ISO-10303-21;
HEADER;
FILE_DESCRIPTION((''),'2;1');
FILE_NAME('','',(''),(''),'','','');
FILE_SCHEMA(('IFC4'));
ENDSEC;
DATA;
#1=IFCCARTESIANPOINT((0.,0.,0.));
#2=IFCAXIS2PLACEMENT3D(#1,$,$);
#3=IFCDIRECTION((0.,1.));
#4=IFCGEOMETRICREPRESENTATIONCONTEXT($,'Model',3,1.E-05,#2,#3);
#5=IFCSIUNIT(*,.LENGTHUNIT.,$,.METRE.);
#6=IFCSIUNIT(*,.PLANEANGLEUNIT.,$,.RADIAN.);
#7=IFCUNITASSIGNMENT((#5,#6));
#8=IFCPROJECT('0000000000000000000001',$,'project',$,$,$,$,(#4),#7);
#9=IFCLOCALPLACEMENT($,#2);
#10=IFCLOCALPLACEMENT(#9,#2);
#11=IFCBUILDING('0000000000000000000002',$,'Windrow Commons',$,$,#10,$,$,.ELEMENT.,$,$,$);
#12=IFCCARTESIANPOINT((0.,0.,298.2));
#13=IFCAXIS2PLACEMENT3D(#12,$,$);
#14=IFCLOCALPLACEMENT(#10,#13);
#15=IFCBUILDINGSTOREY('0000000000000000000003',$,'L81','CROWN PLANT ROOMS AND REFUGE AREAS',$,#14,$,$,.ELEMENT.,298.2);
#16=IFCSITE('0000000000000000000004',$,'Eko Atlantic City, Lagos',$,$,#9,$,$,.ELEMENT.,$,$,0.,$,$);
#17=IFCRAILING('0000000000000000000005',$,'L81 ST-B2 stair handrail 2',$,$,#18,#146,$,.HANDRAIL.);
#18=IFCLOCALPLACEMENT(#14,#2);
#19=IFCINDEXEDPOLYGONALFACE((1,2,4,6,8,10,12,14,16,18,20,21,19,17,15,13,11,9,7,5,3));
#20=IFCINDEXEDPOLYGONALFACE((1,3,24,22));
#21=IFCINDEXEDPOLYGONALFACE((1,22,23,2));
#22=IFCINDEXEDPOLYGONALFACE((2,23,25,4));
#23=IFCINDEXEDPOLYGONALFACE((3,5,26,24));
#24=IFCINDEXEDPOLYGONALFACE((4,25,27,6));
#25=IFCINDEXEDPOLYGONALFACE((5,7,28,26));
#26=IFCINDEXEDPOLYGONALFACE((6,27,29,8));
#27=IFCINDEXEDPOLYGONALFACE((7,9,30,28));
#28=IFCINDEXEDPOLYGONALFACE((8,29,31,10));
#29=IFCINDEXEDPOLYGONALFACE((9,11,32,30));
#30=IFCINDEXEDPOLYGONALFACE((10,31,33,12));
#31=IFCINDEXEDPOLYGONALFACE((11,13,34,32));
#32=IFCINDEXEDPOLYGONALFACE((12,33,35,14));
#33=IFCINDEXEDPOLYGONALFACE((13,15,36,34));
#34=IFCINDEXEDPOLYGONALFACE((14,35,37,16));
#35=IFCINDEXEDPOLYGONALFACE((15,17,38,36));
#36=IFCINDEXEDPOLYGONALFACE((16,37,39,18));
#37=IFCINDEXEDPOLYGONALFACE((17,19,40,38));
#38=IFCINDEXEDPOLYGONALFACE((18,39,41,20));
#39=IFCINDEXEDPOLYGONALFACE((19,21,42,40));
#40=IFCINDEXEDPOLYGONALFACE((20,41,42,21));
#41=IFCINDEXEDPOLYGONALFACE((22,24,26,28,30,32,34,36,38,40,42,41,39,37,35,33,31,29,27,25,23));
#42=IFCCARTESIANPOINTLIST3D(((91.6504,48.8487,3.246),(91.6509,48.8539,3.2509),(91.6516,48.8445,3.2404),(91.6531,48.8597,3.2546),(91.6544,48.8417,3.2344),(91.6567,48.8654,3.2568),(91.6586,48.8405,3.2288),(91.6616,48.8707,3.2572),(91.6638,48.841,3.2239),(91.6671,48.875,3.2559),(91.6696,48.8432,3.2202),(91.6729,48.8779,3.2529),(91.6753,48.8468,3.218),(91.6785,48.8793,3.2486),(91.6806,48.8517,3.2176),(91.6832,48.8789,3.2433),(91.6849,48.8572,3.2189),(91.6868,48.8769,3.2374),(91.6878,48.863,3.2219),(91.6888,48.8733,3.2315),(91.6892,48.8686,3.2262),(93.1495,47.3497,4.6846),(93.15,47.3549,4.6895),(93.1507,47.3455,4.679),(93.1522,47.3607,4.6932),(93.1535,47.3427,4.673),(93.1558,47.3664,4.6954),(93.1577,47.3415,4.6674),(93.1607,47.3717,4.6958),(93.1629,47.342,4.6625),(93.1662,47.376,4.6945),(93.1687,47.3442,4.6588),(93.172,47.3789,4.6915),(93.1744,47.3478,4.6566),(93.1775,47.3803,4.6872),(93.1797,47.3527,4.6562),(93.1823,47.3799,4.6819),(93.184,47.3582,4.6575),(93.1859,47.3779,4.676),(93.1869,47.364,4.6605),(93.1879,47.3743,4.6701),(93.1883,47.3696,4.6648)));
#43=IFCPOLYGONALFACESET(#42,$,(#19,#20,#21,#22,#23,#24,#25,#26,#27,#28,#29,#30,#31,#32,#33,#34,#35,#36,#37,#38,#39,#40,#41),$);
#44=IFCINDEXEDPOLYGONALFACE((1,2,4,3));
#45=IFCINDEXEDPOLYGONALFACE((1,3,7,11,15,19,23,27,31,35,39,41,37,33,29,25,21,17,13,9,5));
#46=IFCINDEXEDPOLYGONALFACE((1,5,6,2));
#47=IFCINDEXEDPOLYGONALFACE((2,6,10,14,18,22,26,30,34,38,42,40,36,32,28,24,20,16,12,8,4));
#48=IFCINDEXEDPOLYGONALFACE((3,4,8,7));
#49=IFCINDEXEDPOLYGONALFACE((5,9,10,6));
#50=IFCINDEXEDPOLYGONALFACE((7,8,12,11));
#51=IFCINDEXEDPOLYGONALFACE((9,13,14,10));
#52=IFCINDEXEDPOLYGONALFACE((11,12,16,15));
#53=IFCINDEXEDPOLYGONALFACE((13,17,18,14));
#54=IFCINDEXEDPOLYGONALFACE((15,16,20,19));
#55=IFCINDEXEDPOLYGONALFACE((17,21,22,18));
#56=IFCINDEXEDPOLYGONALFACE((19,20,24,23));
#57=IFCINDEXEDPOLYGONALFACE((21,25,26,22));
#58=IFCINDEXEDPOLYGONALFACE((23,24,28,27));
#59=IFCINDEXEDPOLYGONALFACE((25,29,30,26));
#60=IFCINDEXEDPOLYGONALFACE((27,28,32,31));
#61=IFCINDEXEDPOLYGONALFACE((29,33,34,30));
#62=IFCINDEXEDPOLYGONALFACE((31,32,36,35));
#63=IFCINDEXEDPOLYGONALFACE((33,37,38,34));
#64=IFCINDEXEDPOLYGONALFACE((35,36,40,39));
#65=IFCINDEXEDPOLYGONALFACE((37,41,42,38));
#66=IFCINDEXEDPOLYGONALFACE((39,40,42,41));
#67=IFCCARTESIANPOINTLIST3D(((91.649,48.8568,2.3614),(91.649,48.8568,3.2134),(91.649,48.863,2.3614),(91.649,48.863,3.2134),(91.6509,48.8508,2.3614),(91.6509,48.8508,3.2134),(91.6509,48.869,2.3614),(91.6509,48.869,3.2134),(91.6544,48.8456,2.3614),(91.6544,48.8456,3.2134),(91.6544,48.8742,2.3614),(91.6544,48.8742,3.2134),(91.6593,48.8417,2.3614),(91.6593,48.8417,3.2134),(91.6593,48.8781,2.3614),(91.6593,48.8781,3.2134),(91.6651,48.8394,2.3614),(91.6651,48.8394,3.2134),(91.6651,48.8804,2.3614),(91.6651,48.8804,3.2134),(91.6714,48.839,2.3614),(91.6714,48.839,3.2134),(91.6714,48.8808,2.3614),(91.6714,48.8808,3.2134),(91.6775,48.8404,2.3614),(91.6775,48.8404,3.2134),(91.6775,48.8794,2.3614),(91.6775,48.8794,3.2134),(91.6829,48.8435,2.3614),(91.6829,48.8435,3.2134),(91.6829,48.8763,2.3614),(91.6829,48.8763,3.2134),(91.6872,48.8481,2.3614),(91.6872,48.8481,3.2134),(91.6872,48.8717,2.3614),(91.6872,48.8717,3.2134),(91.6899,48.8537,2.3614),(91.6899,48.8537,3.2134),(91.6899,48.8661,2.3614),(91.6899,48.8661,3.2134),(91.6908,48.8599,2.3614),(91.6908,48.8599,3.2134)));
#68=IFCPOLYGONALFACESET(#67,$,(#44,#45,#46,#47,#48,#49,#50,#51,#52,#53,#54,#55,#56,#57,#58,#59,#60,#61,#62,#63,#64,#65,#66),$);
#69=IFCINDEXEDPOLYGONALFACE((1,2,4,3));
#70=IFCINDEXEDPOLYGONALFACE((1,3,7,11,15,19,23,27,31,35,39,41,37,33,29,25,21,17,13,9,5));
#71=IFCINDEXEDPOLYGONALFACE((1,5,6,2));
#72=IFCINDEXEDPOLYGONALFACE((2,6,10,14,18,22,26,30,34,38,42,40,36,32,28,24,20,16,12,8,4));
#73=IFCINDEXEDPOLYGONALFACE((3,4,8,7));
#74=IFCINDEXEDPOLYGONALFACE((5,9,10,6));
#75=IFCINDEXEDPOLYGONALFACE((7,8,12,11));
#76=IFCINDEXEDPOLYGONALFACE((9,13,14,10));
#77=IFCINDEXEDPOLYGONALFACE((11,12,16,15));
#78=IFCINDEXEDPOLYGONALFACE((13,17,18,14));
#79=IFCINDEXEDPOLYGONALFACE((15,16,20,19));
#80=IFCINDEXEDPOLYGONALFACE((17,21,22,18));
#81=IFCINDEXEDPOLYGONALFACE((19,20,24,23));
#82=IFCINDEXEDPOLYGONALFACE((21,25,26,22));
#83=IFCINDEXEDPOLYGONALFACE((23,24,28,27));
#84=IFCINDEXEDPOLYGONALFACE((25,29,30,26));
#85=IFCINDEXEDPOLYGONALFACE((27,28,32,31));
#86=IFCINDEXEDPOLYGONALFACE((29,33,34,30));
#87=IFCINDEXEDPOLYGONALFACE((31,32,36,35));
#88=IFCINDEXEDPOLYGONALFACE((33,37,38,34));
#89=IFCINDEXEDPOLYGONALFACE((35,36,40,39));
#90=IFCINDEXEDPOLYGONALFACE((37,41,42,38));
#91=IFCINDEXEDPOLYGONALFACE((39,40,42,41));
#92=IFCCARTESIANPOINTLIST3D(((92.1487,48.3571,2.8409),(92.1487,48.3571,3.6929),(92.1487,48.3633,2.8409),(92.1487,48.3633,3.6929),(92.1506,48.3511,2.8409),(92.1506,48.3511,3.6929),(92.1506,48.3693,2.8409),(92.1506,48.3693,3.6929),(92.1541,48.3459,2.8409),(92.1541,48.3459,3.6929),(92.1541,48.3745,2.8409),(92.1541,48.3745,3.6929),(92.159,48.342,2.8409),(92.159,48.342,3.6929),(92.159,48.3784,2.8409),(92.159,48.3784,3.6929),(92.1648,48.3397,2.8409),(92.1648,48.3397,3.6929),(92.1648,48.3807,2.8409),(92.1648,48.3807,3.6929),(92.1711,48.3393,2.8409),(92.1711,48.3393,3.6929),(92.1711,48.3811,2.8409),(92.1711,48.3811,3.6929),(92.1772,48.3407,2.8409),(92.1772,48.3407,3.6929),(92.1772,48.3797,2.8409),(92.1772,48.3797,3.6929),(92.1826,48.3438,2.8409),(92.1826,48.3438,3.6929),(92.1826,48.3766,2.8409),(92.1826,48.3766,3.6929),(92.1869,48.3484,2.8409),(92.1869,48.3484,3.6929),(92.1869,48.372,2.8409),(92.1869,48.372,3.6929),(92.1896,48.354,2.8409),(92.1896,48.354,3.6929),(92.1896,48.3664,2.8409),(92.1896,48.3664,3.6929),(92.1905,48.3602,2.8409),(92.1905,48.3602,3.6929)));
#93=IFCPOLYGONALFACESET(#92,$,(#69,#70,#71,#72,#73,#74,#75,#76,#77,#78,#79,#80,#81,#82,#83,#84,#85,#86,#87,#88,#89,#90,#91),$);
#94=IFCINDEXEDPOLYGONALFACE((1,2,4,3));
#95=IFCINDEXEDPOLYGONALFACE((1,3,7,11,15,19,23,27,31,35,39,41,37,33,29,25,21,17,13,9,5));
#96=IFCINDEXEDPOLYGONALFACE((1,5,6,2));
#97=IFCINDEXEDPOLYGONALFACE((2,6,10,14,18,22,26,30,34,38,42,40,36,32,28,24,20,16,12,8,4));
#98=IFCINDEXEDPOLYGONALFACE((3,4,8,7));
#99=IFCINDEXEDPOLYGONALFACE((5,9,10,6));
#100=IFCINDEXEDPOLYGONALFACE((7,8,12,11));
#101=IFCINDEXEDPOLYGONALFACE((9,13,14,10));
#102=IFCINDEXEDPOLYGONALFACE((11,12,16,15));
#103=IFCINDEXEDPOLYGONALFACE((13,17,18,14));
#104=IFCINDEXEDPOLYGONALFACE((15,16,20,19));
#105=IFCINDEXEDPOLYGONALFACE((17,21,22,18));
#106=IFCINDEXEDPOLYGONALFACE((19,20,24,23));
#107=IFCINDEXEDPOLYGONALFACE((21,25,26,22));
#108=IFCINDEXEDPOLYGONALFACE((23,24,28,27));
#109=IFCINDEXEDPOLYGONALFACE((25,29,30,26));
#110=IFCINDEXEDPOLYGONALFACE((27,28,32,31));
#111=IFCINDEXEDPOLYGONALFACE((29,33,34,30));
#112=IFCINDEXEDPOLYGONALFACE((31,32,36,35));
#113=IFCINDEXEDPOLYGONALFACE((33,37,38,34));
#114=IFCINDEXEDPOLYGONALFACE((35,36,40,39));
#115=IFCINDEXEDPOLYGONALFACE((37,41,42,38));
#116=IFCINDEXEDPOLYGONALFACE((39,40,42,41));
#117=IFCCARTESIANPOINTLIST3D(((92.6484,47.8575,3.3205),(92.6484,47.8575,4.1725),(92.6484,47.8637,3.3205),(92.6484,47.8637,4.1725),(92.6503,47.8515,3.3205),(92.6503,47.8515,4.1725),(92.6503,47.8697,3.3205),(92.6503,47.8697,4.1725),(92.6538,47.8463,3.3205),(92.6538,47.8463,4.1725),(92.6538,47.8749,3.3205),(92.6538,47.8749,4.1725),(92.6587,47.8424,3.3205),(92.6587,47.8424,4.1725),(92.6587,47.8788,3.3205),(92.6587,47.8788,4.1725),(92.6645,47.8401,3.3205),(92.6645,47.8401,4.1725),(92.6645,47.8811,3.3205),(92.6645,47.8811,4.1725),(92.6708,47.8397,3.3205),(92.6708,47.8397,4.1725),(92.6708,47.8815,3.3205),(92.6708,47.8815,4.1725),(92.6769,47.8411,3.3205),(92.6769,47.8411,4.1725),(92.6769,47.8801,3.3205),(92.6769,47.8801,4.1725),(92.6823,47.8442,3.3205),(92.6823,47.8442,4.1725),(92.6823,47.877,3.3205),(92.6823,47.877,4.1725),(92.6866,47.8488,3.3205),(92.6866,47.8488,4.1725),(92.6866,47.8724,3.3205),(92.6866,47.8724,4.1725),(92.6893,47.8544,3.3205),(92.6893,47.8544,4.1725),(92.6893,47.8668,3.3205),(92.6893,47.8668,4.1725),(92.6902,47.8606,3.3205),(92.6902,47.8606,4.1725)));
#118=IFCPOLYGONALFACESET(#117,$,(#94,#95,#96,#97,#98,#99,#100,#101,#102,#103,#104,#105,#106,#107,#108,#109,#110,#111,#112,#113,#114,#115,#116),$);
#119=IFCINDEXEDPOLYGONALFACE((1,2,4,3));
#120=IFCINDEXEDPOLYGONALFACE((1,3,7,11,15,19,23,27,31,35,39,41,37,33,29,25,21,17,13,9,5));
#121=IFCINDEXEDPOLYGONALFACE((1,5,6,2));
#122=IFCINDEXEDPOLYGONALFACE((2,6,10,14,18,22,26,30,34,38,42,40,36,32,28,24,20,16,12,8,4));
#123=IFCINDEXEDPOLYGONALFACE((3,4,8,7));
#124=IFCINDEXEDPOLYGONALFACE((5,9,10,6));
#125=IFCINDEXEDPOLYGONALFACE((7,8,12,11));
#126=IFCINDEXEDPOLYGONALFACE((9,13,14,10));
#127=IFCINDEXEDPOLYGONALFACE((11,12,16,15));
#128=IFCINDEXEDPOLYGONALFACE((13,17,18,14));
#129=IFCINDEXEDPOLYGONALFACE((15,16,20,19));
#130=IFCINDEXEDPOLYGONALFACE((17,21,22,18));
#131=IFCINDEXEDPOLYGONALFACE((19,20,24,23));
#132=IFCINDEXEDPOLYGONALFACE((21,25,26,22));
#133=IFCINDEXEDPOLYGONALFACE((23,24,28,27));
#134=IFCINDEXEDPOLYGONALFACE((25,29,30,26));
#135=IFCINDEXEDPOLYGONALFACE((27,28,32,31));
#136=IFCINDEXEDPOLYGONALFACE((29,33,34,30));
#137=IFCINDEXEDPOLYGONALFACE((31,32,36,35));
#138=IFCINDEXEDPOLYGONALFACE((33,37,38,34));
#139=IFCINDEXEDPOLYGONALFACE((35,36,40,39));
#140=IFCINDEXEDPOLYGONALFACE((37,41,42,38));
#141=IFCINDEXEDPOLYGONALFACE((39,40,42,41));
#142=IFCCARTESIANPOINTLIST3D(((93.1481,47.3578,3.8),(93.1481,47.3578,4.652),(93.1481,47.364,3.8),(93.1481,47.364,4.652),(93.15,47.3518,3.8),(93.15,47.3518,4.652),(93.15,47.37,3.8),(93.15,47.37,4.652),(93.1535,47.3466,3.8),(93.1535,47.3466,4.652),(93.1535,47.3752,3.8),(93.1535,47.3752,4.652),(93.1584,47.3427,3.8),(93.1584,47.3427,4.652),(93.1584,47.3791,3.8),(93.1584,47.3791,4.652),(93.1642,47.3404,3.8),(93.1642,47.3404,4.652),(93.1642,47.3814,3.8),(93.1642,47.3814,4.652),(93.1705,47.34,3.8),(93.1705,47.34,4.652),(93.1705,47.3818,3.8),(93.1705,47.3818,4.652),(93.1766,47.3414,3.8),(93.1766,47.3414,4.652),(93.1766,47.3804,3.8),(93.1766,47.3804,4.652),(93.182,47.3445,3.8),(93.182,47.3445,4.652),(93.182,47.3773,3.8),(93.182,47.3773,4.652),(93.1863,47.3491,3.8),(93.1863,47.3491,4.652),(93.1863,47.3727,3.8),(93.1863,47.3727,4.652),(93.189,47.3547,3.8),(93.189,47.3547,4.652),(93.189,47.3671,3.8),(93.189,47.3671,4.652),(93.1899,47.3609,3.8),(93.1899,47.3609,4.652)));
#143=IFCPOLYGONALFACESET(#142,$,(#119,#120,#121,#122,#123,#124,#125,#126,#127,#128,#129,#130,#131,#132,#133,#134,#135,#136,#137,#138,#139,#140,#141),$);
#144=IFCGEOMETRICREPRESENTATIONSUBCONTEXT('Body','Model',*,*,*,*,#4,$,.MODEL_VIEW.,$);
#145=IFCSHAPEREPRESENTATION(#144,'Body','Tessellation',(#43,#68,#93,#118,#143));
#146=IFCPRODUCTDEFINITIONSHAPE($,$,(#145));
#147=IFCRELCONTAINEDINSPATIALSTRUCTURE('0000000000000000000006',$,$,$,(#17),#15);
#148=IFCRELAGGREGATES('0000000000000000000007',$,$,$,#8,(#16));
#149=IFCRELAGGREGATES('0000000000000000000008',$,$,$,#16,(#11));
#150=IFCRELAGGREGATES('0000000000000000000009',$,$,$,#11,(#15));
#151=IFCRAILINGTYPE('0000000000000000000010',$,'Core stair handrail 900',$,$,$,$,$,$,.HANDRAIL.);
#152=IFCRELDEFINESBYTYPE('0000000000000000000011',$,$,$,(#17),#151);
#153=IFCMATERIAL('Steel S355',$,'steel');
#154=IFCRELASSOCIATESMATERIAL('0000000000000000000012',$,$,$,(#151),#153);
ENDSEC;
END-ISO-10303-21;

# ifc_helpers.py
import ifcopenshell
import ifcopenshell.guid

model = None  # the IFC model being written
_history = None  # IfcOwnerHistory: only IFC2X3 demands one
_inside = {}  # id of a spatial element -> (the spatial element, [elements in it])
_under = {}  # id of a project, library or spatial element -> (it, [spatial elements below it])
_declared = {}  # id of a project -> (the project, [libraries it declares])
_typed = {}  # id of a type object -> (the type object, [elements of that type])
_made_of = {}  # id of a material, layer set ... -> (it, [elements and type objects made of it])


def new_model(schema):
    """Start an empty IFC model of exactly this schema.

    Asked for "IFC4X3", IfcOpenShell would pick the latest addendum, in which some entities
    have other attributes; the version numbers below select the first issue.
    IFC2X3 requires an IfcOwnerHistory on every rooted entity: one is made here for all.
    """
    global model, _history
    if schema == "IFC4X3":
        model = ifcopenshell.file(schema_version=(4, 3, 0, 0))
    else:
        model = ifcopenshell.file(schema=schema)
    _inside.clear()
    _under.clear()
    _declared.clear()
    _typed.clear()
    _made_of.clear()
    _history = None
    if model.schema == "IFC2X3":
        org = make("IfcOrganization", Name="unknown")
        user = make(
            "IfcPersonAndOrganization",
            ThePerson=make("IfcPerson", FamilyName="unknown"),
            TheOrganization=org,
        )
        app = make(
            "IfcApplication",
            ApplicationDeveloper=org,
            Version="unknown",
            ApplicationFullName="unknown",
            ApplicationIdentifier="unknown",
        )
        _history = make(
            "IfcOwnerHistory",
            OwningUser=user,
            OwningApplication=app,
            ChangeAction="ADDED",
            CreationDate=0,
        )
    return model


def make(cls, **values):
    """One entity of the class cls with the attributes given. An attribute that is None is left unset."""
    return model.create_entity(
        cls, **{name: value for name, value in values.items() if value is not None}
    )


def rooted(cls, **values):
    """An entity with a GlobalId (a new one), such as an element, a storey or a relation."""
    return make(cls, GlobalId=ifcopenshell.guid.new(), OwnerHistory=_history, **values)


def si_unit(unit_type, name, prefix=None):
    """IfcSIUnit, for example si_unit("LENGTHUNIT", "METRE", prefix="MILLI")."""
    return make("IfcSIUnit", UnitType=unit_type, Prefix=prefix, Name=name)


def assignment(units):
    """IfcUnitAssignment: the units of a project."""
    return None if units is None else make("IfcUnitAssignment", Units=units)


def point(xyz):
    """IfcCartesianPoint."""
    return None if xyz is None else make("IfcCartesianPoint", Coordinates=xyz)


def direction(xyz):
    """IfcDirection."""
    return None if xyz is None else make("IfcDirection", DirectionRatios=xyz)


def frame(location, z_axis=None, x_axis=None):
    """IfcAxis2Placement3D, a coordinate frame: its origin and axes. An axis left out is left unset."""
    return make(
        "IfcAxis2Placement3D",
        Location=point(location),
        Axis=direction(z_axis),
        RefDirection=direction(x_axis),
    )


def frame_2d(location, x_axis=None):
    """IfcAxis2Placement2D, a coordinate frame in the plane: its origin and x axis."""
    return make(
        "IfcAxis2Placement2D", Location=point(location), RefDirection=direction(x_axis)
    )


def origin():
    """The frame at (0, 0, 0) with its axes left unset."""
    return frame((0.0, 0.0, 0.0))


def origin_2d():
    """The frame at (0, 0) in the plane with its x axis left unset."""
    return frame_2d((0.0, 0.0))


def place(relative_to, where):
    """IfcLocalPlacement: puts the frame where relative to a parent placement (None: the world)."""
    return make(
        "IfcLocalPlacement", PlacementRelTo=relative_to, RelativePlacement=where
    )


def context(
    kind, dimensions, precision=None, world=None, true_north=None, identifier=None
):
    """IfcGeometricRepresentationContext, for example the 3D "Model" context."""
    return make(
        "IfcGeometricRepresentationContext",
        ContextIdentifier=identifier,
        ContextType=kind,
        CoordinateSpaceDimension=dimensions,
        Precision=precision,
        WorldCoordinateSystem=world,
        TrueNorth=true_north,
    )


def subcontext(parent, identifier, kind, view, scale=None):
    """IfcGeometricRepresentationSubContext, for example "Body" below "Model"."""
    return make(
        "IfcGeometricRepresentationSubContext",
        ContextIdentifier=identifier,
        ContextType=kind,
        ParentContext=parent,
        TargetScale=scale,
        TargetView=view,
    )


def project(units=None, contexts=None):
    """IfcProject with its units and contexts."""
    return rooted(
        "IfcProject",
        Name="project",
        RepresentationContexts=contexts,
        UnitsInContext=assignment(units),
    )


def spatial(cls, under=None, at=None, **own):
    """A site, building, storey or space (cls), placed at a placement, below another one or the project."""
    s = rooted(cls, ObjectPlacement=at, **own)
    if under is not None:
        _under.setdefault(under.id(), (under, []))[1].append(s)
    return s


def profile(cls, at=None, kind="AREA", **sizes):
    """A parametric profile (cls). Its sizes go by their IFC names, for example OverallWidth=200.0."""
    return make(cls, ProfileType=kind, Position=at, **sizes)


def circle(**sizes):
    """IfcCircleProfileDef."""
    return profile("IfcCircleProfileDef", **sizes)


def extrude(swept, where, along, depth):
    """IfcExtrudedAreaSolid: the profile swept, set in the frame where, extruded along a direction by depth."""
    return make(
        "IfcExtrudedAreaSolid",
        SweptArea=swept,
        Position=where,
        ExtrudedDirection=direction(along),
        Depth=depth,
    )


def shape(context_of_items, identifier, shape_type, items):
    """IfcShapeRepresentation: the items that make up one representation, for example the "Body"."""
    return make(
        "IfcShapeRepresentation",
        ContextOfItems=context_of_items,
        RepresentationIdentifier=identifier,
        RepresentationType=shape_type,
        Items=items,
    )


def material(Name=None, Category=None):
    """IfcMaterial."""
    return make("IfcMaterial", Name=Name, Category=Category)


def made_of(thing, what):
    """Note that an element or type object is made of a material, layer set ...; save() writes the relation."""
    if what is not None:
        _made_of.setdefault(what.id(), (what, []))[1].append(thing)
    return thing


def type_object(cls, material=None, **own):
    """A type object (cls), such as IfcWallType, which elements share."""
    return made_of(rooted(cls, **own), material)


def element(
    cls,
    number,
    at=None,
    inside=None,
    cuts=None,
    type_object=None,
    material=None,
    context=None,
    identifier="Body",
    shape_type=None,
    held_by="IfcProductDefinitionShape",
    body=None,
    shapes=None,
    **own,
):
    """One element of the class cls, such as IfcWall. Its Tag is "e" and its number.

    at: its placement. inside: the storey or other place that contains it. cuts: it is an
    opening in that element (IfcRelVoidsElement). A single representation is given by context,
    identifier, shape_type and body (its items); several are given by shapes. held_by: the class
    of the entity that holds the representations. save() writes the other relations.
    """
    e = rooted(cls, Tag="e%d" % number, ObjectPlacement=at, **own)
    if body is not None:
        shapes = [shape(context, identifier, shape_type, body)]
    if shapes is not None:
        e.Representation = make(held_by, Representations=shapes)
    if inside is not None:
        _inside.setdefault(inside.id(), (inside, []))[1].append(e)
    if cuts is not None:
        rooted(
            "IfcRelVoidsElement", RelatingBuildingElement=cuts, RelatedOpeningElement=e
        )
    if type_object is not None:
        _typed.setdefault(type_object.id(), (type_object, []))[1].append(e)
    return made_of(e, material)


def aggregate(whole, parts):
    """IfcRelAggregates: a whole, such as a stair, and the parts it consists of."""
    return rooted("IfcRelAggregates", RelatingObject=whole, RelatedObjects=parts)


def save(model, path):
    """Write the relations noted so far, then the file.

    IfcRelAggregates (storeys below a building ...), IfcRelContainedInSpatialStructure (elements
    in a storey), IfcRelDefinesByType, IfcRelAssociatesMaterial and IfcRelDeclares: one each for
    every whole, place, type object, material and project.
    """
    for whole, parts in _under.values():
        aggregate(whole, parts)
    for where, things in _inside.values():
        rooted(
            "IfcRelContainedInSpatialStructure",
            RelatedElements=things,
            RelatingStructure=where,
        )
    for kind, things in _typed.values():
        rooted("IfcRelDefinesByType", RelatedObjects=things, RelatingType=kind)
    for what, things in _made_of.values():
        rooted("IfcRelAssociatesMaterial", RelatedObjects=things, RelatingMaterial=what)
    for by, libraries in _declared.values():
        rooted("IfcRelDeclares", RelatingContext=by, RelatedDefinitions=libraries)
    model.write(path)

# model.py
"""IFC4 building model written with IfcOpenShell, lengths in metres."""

from ifc_helpers import new_model, si_unit, direction, frame, origin, origin_2d, place, context, subcontext, project, spatial, circle, extrude, material, type_object, element, save


model = new_model("IFC4")

# Units and contexts
model_context = context("Model", 3, precision=1e-05, world=origin(), true_north=direction((0.0, 1.0)))
body_context = subcontext(model_context, "Body", "Model", "MODEL_VIEW")
ifc_project = project(units=[si_unit("LENGTHUNIT", "METRE"), si_unit("PLANEANGLEUNIT", "RADIAN")], contexts=[model_context])

# Site, building, storey
site_placement = place(None, origin())
site = spatial("IfcSite", under=ifc_project, at=site_placement, Name="Eko Atlantic City, Lagos", CompositionType="ELEMENT", RefElevation=0.0)
building_placement = place(site_placement, origin())
building = spatial("IfcBuilding", under=site, at=building_placement, Name="Windrow Commons", CompositionType="ELEMENT")
storey_placement = place(building_placement, frame((0.0, 0.0, 298.2)))
storey = spatial("IfcBuildingStorey", under=building, at=storey_placement, Name="L81", Description="CROWN PLANT ROOMS AND REFUGE AREAS", CompositionType="ELEMENT", Elevation=298.2)

# Railing
ifc_material_1 = material(Name="Steel S355", Category="steel")
railing_type = type_object("IfcRailingType", Name="Core stair handrail 900", PredefinedType="HANDRAIL", material=ifc_material_1)
railing_placement = place(storey_placement, frame((91.6698, 48.8599, 2.3614)))
element("IfcRailing", 1, at=railing_placement, inside=storey, type_object=railing_type, Name="L81 ST-B2 stair handrail 2", PredefinedType="HANDRAIL", context=body_context, shape_type="SweptSolid", body=[
    extrude(circle(Radius=0.024, at=origin_2d()), frame((0.0, 0.0, 0.876), z_axis=(0.585128, -0.585089, 0.561513), x_axis=(0.707083, 0.70713, 0.0)), (0.0, 0.0, 1.0), 2.562),
    extrude(circle(Radius=0.021, at=origin_2d()), origin(), (0.0, 0.0, 1.0), 0.852),
    extrude(circle(Radius=0.021, at=origin_2d()), frame((0.4997, -0.4997, 0.4795)), (0.0, 0.0, 1.0), 0.852),
    extrude(circle(Radius=0.021, at=origin_2d()), frame((0.9994, -0.9993, 0.9591)), (0.0, 0.0, 1.0), 0.852),
    extrude(circle(Radius=0.021, at=origin_2d()), frame((1.4991, -1.499, 1.4386)), (0.0, 0.0, 1.0), 0.852),
])

save(model, "model.ifc")
